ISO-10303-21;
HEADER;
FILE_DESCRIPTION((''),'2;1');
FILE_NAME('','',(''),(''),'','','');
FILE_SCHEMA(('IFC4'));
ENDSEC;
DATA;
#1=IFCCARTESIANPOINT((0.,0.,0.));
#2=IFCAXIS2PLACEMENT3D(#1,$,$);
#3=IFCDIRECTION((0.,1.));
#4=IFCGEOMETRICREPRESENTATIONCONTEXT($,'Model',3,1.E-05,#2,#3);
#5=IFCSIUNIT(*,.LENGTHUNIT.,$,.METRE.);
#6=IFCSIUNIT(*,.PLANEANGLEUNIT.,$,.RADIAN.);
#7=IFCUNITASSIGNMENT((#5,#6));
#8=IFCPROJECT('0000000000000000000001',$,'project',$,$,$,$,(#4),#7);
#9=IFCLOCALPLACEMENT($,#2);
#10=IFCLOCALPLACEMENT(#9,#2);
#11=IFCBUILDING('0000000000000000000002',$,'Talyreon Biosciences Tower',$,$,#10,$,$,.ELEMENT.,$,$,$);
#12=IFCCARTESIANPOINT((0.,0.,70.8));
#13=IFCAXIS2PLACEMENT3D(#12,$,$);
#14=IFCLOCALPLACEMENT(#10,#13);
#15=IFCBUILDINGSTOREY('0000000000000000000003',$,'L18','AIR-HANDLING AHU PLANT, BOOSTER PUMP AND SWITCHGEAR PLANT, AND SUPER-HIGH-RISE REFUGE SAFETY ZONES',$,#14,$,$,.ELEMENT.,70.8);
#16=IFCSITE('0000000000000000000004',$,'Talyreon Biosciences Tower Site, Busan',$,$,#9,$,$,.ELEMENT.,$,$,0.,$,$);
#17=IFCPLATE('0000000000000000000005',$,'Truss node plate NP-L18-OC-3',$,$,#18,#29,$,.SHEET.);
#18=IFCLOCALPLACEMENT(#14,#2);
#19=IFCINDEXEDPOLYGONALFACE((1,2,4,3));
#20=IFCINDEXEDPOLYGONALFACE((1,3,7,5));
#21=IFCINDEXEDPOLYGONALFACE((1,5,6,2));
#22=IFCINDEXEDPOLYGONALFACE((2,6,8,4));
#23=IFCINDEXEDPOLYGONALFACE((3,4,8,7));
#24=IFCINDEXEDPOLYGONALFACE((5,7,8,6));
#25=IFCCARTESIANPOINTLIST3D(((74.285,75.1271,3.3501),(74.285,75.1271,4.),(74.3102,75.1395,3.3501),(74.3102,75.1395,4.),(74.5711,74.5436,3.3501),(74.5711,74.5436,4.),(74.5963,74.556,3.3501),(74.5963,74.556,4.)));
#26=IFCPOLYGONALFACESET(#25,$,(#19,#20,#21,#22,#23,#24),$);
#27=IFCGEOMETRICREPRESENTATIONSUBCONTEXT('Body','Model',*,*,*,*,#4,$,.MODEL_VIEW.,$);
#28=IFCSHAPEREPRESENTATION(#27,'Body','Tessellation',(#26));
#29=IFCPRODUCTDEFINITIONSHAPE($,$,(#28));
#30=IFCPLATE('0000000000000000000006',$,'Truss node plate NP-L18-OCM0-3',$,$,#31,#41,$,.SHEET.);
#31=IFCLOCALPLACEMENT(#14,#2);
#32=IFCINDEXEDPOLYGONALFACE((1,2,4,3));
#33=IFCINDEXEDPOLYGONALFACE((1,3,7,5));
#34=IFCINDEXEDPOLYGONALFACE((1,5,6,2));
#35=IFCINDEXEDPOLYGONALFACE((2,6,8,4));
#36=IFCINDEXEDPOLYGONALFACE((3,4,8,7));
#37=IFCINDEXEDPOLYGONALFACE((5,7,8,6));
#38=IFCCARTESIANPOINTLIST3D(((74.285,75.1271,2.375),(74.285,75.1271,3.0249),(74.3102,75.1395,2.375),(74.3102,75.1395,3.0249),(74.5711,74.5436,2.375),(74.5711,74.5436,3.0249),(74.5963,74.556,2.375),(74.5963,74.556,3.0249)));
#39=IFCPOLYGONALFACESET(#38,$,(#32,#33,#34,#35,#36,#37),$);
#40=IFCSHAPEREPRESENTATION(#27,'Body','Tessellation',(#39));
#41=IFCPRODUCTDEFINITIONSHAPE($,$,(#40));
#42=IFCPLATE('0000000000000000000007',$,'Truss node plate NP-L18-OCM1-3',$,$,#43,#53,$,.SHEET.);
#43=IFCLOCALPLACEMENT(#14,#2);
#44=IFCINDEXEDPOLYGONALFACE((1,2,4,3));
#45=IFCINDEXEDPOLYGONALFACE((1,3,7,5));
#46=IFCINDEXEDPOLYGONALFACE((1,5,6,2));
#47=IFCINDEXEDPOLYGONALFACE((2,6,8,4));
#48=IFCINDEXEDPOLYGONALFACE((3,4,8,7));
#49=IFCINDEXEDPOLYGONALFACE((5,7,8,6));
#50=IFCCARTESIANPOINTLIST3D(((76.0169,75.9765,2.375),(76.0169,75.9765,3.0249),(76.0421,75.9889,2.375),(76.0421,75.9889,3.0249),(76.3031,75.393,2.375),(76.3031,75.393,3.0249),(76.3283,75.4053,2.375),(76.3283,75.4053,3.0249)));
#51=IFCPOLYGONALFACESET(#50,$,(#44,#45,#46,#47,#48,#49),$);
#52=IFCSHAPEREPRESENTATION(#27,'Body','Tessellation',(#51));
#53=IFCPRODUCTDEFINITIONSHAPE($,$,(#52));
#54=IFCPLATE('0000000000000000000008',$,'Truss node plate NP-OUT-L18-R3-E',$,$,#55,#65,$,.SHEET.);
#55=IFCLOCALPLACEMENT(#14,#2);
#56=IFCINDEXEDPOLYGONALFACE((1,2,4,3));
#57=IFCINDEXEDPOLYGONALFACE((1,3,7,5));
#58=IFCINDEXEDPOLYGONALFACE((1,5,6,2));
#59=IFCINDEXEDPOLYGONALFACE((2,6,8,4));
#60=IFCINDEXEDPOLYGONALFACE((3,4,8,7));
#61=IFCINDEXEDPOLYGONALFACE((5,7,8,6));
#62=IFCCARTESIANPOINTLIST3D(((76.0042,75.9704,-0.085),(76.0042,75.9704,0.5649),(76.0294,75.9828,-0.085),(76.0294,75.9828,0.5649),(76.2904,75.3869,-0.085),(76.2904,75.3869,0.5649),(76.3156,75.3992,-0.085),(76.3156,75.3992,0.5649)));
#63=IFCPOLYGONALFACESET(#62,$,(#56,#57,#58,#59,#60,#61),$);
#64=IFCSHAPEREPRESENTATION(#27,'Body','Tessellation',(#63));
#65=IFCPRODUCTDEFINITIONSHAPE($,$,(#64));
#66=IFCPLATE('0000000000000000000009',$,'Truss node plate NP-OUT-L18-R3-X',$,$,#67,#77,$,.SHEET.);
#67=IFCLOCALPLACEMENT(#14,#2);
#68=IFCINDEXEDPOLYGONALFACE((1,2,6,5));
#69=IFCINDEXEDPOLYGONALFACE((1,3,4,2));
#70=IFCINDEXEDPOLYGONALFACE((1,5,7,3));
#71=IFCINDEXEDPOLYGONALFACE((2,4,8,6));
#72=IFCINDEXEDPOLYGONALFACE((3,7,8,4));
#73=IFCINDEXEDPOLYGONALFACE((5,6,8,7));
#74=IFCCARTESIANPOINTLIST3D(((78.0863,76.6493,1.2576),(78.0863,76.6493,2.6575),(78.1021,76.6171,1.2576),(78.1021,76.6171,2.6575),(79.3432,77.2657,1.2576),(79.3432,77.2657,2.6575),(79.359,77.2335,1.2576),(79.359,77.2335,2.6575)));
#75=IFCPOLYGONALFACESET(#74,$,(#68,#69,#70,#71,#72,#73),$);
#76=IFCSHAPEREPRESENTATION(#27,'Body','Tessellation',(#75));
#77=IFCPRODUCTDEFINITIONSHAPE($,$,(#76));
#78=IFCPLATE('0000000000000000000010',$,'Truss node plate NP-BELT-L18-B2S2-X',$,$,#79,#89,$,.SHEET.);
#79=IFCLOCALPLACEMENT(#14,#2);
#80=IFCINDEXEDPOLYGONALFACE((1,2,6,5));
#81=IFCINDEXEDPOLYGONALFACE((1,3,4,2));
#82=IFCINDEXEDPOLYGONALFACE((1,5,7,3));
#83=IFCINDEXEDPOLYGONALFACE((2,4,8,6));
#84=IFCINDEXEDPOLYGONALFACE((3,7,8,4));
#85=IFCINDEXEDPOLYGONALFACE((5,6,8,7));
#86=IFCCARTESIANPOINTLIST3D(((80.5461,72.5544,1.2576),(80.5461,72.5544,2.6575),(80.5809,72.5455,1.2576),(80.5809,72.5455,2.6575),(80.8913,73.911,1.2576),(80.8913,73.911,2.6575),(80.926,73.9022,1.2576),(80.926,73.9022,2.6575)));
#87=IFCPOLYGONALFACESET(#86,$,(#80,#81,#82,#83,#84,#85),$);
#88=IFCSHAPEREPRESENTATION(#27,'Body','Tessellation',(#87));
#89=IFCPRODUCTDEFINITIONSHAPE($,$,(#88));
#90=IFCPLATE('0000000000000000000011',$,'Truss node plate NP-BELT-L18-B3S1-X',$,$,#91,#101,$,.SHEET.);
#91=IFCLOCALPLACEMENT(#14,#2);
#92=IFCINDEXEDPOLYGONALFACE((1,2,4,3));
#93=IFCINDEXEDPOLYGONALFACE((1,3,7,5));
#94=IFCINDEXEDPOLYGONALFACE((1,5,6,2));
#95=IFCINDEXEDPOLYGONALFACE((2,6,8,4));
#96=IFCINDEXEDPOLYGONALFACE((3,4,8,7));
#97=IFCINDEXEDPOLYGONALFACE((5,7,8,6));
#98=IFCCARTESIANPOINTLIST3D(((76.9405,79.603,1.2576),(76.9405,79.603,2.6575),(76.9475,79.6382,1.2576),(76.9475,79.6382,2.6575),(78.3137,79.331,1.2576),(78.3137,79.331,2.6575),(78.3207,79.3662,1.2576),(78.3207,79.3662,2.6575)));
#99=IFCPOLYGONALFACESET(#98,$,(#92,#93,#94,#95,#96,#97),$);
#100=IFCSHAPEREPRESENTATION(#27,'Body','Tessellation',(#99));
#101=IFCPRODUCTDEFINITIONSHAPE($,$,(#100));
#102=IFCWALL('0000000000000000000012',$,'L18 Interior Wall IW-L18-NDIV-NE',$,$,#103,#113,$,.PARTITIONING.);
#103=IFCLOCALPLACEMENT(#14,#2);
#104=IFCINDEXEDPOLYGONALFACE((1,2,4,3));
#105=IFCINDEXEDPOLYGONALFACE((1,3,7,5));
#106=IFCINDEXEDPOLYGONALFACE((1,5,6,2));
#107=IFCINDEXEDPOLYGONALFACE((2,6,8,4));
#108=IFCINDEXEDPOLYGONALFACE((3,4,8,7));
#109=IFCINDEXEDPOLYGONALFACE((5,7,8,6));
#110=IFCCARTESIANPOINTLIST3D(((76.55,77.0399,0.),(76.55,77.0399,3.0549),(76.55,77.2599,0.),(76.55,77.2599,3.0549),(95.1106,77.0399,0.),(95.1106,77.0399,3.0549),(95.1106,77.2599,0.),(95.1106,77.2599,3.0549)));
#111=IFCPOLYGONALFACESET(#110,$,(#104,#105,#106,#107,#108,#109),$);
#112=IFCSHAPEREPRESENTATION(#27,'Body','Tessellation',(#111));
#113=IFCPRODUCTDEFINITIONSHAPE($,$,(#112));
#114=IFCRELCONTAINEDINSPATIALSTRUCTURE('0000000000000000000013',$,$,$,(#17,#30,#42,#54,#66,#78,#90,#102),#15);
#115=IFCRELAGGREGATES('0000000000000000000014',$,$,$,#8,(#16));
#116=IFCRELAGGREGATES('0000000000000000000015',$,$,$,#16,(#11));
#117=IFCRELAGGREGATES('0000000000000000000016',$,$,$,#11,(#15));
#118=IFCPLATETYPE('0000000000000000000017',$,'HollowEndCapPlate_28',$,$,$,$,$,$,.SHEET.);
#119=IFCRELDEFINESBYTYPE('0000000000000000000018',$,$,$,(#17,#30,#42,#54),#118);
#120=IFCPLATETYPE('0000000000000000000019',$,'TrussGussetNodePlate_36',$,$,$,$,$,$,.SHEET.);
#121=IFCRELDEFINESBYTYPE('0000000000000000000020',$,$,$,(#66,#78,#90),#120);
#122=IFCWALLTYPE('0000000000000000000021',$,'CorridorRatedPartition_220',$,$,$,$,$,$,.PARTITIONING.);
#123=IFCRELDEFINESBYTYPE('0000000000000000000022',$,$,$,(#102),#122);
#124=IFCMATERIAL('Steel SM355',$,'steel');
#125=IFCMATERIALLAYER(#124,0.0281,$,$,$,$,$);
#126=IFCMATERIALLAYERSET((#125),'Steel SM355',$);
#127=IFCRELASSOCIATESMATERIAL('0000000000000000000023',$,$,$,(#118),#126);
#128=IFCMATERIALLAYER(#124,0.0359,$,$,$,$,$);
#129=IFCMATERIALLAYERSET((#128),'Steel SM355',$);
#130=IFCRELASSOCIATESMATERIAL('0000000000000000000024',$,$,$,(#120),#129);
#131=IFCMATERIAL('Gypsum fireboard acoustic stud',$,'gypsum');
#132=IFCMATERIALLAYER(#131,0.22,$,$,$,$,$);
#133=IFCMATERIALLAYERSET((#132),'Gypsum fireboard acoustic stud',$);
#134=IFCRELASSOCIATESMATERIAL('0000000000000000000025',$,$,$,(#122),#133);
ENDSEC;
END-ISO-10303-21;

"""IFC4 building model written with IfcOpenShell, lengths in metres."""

from ifc_helpers import new_model, si_unit, direction, frame, frame_2d, origin, origin_2d, place, context, subcontext, project, spatial, rectangle, extrude, material, layer, layer_set, type_object, element, save


model = new_model("IFC4")

# Units and contexts
model_context = context("Model", 3, precision=1e-05, world=origin(), true_north=direction((0.0, 1.0)))
body_context = subcontext(model_context, "Body", "Model", "MODEL_VIEW")
ifc_project = project(units=[si_unit("LENGTHUNIT", "METRE"), si_unit("PLANEANGLEUNIT", "RADIAN")], contexts=[model_context])

# Site, building, storey
site_placement = place(None, origin())
site = spatial("IfcSite", under=ifc_project, at=site_placement, Name="Talyreon Biosciences Tower Site, Busan", CompositionType="ELEMENT", RefElevation=0.0)
building_placement = place(site_placement, origin())
building = spatial("IfcBuilding", under=site, at=building_placement, Name="Talyreon Biosciences Tower", CompositionType="ELEMENT")
storey_placement = place(building_placement, frame((0.0, 0.0, 70.8)))
storey = spatial("IfcBuildingStorey", under=building, at=storey_placement, Name="L18", Description="AIR-HANDLING AHU PLANT, BOOSTER PUMP AND SWITCHGEAR PLANT, AND SUPER-HIGH-RISE REFUGE SAFETY ZONES", CompositionType="ELEMENT", Elevation=70.8)

# Shared definitions
ifc_material_1 = material(Name="Steel SM355", Category="steel")

# Plates
ifc_layer_1 = layer(ifc_material_1, 0.0281)
ifc_layer_set_1 = layer_set([ifc_layer_1], Name="Steel SM355")
plate_type_1 = type_object("IfcPlateType", Name="HollowEndCapPlate_28", PredefinedType="SHEET", material=ifc_layer_set_1)
for number, where, z_axis, x_axis, name in (
    (1, (74.4407, 74.8416, 3.3501), (0.0, 0.0, 1.0), (-0.440284, 0.897859, 0.0), "Truss node plate NP-L18-OC-3"),
    (2, (74.4407, 74.8416, 2.375), (0.0, 0.0, 1.0), (-0.440284, 0.897859, 0.0), "Truss node plate NP-L18-OCM0-3"),
    (3, (76.1726, 75.6909, 2.375), (0.0, 0.0, 1.0), (-0.440284, 0.897859, 0.0), "Truss node plate NP-L18-OCM1-3"),
    (4, (76.1599, 75.6848, -0.085), (0.0, 0.0, 1.0), (-0.440284, 0.897859, 0.0), "Truss node plate NP-OUT-L18-R3-E"),
):
    element("IfcPlate", number, at=place(storey_placement, frame(where, z_axis=z_axis, x_axis=x_axis)), inside=storey, type_object=plate_type_1, Name=name, PredefinedType="SHEET", context=body_context, shape_type="SweptSolid", body=[
        extrude(rectangle(XDim=0.6499, YDim=0.0281, at=origin_2d()), origin(), (0.0, 0.0, 1.0), 0.6499),
    ])
ifc_layer_2 = layer(ifc_material_1, 0.0359)
ifc_layer_set_2 = layer_set([ifc_layer_2], Name="Steel SM355")
plate_type_2 = type_object("IfcPlateType", Name="TrussGussetNodePlate_36", PredefinedType="SHEET", material=ifc_layer_set_2)
for number, where, z_axis, x_axis, name in (
    (5, (78.7227, 76.9414, 1.2576), (0.0, 0.0, 1.0), (0.897859, 0.440284, 0.0), "Truss node plate NP-OUT-L18-R3-X"),
    (6, (80.7361, 73.2283, 1.2576), (0.0, 0.0, 1.0), (0.246542, 0.969132, 0.0), "Truss node plate NP-BELT-L18-B2S2-X"),
    (7, (77.6306, 79.4846, 1.2576), (0.0, 0.0, 1.0), (-0.980935, 0.194337, 0.0), "Truss node plate NP-BELT-L18-B3S1-X"),
):
    element("IfcPlate", number, at=place(storey_placement, frame(where, z_axis=z_axis, x_axis=x_axis)), inside=storey, type_object=plate_type_2, Name=name, PredefinedType="SHEET", context=body_context, shape_type="SweptSolid", body=[
        extrude(rectangle(XDim=1.3999, YDim=0.0359, at=origin_2d()), origin(), (0.0, 0.0, 1.0), 1.3999),
    ])

# Wall
ifc_material_2 = material(Name="Gypsum fireboard acoustic stud", Category="gypsum")
ifc_layer_3 = layer(ifc_material_2, 0.22)
ifc_layer_set_3 = layer_set([ifc_layer_3], Name="Gypsum fireboard acoustic stud")
wall_type = type_object("IfcWallType", Name="CorridorRatedPartition_220", PredefinedType="PARTITIONING", material=ifc_layer_set_3)
wall_placement = place(storey_placement, frame((76.55, 77.1499, 0.0), z_axis=(0.0, 0.0, 1.0), x_axis=(1.0, 0.0, 0.0)))
element("IfcWall", 8, at=wall_placement, inside=storey, type_object=wall_type, Name="L18 Interior Wall IW-L18-NDIV-NE", PredefinedType="PARTITIONING", context=body_context, shape_type="SweptSolid", body=[
    extrude(rectangle(XDim=18.5605, YDim=0.22, at=frame_2d((9.2803, 0.0))), origin(), (0.0, 0.0, 1.0), 3.0549),
])

save(model, "model.ifc")
